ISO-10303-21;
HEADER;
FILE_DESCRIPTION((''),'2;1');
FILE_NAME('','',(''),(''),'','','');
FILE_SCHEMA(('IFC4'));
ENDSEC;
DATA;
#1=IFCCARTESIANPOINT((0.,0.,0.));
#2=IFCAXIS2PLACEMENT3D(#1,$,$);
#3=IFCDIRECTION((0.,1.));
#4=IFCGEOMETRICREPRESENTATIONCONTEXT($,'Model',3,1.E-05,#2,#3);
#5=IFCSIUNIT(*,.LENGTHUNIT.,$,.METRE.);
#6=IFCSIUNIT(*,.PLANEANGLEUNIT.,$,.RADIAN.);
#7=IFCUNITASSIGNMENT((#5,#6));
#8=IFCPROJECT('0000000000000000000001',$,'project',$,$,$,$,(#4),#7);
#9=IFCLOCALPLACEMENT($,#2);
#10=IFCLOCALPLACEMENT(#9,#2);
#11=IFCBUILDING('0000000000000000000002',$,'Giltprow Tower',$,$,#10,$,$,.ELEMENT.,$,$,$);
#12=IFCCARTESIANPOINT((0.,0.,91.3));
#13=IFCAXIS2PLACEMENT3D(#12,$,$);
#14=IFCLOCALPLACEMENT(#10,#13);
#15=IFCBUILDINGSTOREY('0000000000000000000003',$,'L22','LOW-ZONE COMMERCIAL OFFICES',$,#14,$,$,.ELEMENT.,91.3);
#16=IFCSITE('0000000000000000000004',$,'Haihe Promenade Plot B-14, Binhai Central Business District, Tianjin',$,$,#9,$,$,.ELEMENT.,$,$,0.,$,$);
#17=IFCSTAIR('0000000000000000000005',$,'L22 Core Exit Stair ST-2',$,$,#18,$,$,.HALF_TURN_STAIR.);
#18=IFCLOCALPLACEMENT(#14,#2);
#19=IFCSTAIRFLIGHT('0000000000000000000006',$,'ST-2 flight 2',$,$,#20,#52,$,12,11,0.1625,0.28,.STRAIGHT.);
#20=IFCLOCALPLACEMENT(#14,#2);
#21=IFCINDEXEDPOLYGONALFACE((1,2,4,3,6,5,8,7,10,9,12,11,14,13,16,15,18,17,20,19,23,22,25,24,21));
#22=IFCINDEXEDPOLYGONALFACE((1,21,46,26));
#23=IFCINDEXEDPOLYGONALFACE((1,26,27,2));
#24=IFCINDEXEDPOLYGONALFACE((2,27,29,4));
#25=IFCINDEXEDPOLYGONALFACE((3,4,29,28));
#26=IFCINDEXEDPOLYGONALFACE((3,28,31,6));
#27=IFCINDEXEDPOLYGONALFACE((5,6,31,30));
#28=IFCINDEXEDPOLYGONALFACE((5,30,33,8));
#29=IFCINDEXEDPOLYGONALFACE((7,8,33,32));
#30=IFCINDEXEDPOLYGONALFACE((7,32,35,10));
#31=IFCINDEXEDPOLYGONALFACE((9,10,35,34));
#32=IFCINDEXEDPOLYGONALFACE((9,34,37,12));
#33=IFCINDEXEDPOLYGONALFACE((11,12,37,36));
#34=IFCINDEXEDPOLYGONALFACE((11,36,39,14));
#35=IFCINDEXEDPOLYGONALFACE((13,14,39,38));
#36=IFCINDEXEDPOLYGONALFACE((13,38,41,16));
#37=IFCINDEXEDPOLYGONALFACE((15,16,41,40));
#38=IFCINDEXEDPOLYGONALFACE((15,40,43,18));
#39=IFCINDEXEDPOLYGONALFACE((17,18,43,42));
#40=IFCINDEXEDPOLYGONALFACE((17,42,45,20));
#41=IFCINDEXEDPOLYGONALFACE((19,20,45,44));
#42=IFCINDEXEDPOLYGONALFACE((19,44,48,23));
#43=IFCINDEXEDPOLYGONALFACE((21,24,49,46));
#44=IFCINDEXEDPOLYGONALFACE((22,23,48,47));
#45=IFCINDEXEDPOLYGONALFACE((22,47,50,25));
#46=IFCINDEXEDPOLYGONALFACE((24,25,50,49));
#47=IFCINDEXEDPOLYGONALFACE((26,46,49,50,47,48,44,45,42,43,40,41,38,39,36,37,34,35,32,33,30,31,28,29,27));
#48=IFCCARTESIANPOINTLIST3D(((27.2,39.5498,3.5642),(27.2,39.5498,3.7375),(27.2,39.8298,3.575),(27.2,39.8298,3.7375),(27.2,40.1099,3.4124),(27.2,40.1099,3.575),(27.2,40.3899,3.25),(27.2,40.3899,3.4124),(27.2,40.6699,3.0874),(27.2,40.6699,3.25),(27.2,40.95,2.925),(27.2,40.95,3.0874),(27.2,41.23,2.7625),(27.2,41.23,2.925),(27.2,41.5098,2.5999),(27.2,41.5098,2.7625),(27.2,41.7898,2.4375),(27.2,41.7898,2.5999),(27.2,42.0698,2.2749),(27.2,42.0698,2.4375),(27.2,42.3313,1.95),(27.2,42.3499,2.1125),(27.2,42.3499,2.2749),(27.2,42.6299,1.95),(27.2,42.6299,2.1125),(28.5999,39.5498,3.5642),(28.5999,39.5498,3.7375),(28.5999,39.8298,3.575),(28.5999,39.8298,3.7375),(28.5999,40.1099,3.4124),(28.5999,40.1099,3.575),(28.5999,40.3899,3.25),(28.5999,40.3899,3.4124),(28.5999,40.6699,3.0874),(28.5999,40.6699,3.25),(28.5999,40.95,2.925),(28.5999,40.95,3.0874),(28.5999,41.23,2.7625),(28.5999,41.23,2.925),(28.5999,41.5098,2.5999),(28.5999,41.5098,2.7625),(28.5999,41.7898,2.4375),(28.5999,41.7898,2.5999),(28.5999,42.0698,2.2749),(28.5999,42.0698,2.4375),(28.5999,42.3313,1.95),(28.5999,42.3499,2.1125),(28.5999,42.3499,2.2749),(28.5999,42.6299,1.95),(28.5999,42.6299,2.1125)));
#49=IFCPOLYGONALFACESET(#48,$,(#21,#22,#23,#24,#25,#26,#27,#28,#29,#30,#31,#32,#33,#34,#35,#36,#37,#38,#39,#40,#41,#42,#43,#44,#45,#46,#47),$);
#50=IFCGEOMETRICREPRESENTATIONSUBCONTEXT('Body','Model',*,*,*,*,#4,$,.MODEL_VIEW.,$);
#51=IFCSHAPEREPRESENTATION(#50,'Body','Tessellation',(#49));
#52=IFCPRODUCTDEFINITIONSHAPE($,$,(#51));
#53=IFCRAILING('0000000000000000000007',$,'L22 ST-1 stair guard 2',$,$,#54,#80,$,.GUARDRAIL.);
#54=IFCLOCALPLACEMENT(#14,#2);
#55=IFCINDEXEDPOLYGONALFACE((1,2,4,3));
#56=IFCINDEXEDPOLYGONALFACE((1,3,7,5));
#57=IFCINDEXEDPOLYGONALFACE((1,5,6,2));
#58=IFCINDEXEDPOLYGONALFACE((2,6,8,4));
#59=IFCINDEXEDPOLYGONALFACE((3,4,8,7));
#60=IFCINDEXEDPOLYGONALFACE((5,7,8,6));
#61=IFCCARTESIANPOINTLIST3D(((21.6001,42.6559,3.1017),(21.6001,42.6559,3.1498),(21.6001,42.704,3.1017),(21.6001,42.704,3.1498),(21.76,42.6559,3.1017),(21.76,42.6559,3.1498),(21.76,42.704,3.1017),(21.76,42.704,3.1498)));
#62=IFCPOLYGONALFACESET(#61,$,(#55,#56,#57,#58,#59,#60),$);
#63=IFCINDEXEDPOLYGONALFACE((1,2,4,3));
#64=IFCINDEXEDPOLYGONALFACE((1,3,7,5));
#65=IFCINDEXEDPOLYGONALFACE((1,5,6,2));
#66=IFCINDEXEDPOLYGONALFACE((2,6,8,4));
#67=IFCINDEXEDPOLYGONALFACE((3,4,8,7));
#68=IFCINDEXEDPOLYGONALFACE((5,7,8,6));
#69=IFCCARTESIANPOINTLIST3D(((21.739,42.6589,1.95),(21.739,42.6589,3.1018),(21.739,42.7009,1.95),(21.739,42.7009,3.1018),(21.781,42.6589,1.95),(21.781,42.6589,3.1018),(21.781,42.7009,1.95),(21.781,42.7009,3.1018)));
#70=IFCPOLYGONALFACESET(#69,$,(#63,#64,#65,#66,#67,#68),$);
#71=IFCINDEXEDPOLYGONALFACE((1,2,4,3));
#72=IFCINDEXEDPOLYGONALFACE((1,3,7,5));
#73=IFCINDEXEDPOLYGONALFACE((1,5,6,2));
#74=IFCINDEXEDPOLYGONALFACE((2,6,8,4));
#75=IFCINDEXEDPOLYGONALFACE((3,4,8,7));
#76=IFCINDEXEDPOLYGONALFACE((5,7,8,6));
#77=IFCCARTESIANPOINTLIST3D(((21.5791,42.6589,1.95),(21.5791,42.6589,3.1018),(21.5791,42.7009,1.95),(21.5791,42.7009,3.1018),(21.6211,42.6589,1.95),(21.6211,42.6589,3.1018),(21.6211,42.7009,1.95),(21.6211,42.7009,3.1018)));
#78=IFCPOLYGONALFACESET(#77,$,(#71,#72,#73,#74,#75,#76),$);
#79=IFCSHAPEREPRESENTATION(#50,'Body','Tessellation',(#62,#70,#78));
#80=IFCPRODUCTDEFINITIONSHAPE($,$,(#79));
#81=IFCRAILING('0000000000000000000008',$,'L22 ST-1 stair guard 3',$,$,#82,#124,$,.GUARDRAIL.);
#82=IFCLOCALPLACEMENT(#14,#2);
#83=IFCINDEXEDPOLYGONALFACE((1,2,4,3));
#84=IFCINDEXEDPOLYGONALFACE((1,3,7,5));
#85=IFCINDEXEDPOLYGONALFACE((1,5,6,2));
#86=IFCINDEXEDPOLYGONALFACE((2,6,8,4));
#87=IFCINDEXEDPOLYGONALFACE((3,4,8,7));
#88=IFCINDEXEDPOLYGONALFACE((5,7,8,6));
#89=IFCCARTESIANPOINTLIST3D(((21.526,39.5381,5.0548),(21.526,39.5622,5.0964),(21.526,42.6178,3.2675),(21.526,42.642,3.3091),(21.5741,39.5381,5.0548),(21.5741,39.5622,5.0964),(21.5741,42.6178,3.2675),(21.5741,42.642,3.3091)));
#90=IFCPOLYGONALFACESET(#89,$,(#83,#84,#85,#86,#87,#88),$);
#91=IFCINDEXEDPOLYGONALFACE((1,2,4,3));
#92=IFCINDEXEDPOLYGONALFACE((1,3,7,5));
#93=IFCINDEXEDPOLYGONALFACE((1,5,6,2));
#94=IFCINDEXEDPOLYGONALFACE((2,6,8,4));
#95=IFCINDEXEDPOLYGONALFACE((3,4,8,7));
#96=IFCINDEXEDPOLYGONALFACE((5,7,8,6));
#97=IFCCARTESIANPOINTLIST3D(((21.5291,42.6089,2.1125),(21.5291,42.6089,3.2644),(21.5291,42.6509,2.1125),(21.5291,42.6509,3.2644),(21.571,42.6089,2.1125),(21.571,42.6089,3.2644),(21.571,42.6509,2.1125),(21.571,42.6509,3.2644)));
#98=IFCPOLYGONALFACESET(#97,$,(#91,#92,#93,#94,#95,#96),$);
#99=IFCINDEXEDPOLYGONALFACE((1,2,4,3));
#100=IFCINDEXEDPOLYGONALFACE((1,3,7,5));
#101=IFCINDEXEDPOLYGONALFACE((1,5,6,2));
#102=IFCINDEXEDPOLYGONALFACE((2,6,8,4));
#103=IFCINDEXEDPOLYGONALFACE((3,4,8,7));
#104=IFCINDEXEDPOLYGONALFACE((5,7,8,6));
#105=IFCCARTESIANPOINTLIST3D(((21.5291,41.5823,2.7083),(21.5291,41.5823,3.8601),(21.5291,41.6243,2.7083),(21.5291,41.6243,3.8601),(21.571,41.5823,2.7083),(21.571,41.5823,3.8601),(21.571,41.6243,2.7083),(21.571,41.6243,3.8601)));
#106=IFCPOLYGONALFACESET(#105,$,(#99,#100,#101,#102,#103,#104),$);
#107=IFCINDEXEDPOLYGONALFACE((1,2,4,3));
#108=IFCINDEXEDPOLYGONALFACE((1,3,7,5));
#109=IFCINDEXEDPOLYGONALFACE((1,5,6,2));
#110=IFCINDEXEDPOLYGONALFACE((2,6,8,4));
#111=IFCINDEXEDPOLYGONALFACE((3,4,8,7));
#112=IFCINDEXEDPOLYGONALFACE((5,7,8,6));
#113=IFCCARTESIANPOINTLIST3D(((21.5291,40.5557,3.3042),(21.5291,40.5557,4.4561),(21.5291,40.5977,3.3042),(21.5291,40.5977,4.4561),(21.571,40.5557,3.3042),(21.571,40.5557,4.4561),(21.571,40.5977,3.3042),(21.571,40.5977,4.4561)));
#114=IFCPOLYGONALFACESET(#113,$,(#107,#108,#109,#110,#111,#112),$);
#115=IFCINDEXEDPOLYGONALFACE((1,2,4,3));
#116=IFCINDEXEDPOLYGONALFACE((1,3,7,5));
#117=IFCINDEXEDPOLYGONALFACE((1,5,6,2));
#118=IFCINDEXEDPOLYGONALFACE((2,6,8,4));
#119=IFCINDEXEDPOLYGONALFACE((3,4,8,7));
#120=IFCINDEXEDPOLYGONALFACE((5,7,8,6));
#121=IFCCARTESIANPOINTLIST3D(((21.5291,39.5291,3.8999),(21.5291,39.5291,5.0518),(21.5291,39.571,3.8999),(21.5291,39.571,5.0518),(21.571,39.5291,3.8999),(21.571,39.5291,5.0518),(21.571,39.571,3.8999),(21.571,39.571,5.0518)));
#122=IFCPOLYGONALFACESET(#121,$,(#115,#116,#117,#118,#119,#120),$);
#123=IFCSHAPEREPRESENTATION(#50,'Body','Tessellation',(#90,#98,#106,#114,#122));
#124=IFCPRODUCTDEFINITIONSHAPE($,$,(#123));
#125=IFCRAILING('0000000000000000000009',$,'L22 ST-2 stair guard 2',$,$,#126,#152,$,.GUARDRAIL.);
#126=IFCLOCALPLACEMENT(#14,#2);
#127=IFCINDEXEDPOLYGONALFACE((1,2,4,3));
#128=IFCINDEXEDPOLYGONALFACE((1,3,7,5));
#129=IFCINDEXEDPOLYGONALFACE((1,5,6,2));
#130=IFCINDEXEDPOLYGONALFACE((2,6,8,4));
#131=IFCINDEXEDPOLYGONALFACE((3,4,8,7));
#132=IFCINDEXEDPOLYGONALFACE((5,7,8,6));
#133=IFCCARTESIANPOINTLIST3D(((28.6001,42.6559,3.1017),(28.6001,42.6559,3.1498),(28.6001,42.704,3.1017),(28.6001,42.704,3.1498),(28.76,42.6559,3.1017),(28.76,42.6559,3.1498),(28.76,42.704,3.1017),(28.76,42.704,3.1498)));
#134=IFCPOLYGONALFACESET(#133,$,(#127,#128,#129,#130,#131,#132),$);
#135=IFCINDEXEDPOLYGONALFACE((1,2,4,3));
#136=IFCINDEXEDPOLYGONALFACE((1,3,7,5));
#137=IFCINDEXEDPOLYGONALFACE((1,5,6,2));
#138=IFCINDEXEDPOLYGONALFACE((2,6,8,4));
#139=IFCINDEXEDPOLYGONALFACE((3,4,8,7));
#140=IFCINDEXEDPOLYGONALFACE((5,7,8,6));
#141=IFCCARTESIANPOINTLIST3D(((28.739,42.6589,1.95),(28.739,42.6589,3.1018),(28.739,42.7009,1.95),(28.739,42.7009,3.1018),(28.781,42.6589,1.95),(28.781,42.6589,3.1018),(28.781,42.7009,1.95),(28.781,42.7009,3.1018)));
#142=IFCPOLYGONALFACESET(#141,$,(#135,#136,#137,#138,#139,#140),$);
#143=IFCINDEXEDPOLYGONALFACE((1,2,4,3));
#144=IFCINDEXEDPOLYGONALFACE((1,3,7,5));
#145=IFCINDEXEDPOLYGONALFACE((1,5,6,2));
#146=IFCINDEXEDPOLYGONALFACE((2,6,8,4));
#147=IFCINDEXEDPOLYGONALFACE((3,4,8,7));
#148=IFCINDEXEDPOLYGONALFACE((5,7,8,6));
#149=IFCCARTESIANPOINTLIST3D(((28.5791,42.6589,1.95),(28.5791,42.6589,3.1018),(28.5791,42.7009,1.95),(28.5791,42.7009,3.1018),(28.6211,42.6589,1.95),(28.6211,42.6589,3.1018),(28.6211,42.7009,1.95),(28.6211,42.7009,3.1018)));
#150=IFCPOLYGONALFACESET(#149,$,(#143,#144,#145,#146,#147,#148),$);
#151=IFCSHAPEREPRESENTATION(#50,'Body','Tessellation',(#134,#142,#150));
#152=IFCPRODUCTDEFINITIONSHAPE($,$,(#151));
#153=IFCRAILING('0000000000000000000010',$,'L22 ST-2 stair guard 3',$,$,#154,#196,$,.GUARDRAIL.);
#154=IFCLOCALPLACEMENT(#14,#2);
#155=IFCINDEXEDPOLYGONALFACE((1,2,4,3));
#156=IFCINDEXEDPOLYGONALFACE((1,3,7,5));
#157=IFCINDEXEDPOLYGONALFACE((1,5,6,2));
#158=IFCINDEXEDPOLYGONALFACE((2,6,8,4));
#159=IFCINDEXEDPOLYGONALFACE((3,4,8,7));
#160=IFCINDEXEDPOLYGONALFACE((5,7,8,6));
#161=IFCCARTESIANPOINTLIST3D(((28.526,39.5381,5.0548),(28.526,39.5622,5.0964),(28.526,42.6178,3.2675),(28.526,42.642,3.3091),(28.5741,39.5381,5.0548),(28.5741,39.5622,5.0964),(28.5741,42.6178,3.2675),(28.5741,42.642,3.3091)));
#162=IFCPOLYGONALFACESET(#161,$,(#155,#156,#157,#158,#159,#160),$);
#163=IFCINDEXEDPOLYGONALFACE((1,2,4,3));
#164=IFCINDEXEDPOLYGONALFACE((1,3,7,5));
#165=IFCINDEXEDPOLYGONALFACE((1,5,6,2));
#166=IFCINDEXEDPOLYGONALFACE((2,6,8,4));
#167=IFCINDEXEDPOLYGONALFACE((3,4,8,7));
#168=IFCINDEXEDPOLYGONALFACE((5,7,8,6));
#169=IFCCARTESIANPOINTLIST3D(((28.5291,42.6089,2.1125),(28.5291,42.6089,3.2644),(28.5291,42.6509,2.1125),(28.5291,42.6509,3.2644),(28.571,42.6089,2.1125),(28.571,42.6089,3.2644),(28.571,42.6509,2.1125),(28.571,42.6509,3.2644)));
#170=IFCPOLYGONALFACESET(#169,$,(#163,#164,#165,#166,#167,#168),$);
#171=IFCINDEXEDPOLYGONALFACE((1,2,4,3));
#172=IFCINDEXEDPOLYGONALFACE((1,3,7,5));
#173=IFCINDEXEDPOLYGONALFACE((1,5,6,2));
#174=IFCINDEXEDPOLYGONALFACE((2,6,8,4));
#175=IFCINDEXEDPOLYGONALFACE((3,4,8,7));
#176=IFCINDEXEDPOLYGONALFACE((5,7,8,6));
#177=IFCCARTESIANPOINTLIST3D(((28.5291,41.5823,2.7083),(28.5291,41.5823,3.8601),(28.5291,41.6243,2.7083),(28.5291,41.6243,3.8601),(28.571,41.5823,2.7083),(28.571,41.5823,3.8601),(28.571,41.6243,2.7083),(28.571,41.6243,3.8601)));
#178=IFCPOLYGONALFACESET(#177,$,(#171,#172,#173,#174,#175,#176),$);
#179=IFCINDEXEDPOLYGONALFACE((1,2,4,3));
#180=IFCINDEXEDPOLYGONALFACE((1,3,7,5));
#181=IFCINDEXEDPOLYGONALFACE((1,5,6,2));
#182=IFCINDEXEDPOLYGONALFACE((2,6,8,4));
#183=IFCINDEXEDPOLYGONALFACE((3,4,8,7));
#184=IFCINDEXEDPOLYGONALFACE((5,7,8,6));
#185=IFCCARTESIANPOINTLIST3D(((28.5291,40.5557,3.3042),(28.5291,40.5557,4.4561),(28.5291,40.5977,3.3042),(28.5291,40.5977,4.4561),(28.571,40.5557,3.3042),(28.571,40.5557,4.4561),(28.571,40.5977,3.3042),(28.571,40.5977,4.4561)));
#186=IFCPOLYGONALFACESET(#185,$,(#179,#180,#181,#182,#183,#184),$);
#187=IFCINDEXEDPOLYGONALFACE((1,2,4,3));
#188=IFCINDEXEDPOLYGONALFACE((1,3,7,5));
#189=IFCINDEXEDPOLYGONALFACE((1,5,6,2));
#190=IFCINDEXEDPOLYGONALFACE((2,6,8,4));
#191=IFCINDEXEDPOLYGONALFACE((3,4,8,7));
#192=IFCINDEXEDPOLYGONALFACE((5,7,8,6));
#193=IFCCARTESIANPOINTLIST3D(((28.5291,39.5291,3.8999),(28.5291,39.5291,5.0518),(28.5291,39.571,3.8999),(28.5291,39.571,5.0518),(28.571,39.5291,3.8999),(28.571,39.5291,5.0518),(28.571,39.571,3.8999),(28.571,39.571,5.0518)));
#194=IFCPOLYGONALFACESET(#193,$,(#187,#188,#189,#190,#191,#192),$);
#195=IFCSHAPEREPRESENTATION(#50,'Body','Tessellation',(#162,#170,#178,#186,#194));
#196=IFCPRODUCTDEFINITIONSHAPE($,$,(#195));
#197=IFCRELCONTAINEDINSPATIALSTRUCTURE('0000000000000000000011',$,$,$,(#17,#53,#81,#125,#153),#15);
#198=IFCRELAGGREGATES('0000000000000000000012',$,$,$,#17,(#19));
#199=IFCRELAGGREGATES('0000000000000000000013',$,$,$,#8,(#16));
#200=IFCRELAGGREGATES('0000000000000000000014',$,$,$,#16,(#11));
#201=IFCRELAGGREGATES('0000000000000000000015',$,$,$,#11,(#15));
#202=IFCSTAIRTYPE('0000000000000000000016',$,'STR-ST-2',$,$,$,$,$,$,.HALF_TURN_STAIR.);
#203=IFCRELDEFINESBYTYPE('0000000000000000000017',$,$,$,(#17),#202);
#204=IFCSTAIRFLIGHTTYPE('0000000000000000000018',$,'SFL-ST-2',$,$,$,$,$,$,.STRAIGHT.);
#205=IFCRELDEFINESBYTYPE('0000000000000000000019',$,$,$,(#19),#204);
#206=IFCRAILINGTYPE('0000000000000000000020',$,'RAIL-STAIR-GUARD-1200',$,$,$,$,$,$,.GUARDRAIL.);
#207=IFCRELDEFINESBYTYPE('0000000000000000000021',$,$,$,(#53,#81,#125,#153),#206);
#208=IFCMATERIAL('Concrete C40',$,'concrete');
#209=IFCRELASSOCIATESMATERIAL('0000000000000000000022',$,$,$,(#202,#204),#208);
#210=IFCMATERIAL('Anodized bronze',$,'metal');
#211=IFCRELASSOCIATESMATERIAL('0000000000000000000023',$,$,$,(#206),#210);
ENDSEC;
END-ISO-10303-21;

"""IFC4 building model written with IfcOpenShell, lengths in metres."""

from ifc_helpers import new_model, si_unit, direction, frame, origin, origin_2d, place, context, subcontext, project, spatial, polyline, rectangle, outline, extrude, material, type_object, element, aggregate, save


model = new_model("IFC4")

# Units and contexts
model_context = context("Model", 3, precision=1e-05, world=origin(), true_north=direction((0.0, 1.0)))
body_context = subcontext(model_context, "Body", "Model", "MODEL_VIEW")
ifc_project = project(units=[si_unit("LENGTHUNIT", "METRE"), si_unit("PLANEANGLEUNIT", "RADIAN")], contexts=[model_context])

# Site, building, storey
site_placement = place(None, origin())
site = spatial("IfcSite", under=ifc_project, at=site_placement, Name="Haihe Promenade Plot B-14, Binhai Central Business District, Tianjin", CompositionType="ELEMENT", RefElevation=0.0)
building_placement = place(site_placement, origin())
building = spatial("IfcBuilding", under=site, at=building_placement, Name="Giltprow Tower", CompositionType="ELEMENT")
storey_placement = place(building_placement, frame((0.0, 0.0, 91.3)))
storey = spatial("IfcBuildingStorey", under=building, at=storey_placement, Name="L22", Description="LOW-ZONE COMMERCIAL OFFICES", CompositionType="ELEMENT", Elevation=91.3)

# Shared definitions
ifc_material_1 = material(Name="Concrete C40", Category="concrete")

# Stair, stair flight
stair_type_1 = type_object("IfcStairType", Name="STR-ST-2", PredefinedType="HALF_TURN_STAIR", material=ifc_material_1)
stair_1_placement = place(storey_placement, origin())
stair_1 = element("IfcStair", 1, at=stair_1_placement, inside=storey, type_object=stair_type_1, Name="L22 Core Exit Stair ST-2", PredefinedType="HALF_TURN_STAIR")
stair_flight_type_1 = type_object("IfcStairFlightType", Name="SFL-ST-2", PredefinedType="STRAIGHT", material=ifc_material_1)
stair_flight_1_placement = place(storey_placement, frame((27.8999, 42.6299, 1.95), z_axis=(0.0, 0.0, 1.0), x_axis=(0.0, -1.0, 0.0)))
stair_flight_1 = element("IfcStairFlight", 2, at=stair_flight_1_placement, type_object=stair_flight_type_1, Name="ST-2 flight 2", NumberOfRisers=12, NumberOfTreads=11, PredefinedType="STRAIGHT", RiserHeight=0.1625, TreadLength=0.28, context=body_context, shape_type="SweptSolid", body=[
    extrude(outline(polyline([(0.0, 0.0), (0.0, 0.1626), (0.28, 0.1626), (0.28, 0.325), (0.5601, 0.325), (0.5601, 0.4875), (0.8401, 0.4875), (0.8401, 0.6499), (1.1201, 0.6499), (1.1201, 0.8125), (1.3999, 0.8125), (1.3999, 0.9751), (1.6799, 0.9751), (1.6799, 1.1375), (1.96, 1.1375), (1.96, 1.3), (2.24, 1.3), (2.24, 1.4624), (2.52, 1.4624), (2.52, 1.625), (2.8, 1.625), (2.8, 1.7876), (3.0801, 1.7876), (3.0801, 1.95), (3.0801, 1.6143), (0.2986, 0.0), (0.0, 0.0)])), frame((0.0, 0.7, 0.0), z_axis=(0.0, -1.0, 0.0), x_axis=(1.0, 0.0, 0.0)), (0.0, 0.0, 1.0), 1.3999),
])
aggregate(stair_1, [stair_flight_1])

# Railings
ifc_material_2 = material(Name="Anodized bronze", Category="metal")
railing_type_1 = type_object("IfcRailingType", Name="RAIL-STAIR-GUARD-1200", PredefinedType="GUARDRAIL", material=ifc_material_2)
railing_1_placement = place(storey_placement, frame((21.76, 42.6799, 1.95)))
element("IfcRailing", 3, at=railing_1_placement, inside=storey, type_object=railing_type_1, Name="L22 ST-1 stair guard 2", PredefinedType="GUARDRAIL", context=body_context, shape_type="SweptSolid", body=[
    extrude(rectangle(XDim=0.0481, YDim=0.0481, at=origin_2d()), frame((0.0, 0.0, 1.1758), z_axis=(-1.0, 0.0, 0.0), x_axis=(0.0, -1.0, 0.0)), (0.0, 0.0, 1.0), 0.1599),
    extrude(rectangle(XDim=0.042, YDim=0.042, at=origin_2d()), origin(), (0.0, 0.0, 1.0), 1.1519),
    extrude(rectangle(XDim=0.042, YDim=0.042, at=origin_2d()), frame((-0.1599, 0.0, 0.0)), (0.0, 0.0, 1.0), 1.1519),
])
railing_2_placement = place(storey_placement, frame((21.55, 42.6299, 2.1125)))
element("IfcRailing", 4, at=railing_2_placement, inside=storey, type_object=railing_type_1, Name="L22 ST-1 stair guard 3", PredefinedType="GUARDRAIL", context=body_context, shape_type="SweptSolid", body=[
    extrude(rectangle(XDim=0.0481, YDim=0.0481, at=origin_2d()), frame((0.0, 0.0, 1.1758), z_axis=(0.0, -0.864903, 0.501939), x_axis=(1.0, 0.0, 0.0)), (0.0, 0.0, 1.0), 3.5608),
    extrude(rectangle(XDim=0.042, YDim=0.042, at=origin_2d()), origin(), (0.0, 0.0, 1.0), 1.1519),
    extrude(rectangle(XDim=0.042, YDim=0.042, at=origin_2d()), frame((0.0, -1.0266, 0.5957)), (0.0, 0.0, 1.0), 1.1519),
    extrude(rectangle(XDim=0.042, YDim=0.042, at=origin_2d()), frame((0.0, -2.0532, 1.1917)), (0.0, 0.0, 1.0), 1.1519),
    extrude(rectangle(XDim=0.042, YDim=0.042, at=origin_2d()), frame((0.0, -3.0798, 1.7874)), (0.0, 0.0, 1.0), 1.1519),
])
railing_3_placement = place(storey_placement, frame((28.76, 42.6799, 1.95)))
element("IfcRailing", 5, at=railing_3_placement, inside=storey, type_object=railing_type_1, Name="L22 ST-2 stair guard 2", PredefinedType="GUARDRAIL", context=body_context, shape_type="SweptSolid", body=[
    extrude(rectangle(XDim=0.0481, YDim=0.0481, at=origin_2d()), frame((0.0, 0.0, 1.1758), z_axis=(-1.0, 0.0, 0.0), x_axis=(0.0, -1.0, 0.0)), (0.0, 0.0, 1.0), 0.1599),
    extrude(rectangle(XDim=0.042, YDim=0.042, at=origin_2d()), origin(), (0.0, 0.0, 1.0), 1.1519),
    extrude(rectangle(XDim=0.042, YDim=0.042, at=origin_2d()), frame((-0.1599, 0.0, 0.0)), (0.0, 0.0, 1.0), 1.1519),
])
railing_4_placement = place(storey_placement, frame((28.55, 42.6299, 2.1125)))
element("IfcRailing", 6, at=railing_4_placement, inside=storey, type_object=railing_type_1, Name="L22 ST-2 stair guard 3", PredefinedType="GUARDRAIL", context=body_context, shape_type="SweptSolid", body=[
    extrude(rectangle(XDim=0.0481, YDim=0.0481, at=origin_2d()), frame((0.0, 0.0, 1.1758), z_axis=(0.0, -0.864903, 0.501939), x_axis=(1.0, 0.0, 0.0)), (0.0, 0.0, 1.0), 3.5608),
    extrude(rectangle(XDim=0.042, YDim=0.042, at=origin_2d()), origin(), (0.0, 0.0, 1.0), 1.1519),
    extrude(rectangle(XDim=0.042, YDim=0.042, at=origin_2d()), frame((0.0, -1.0266, 0.5957)), (0.0, 0.0, 1.0), 1.1519),
    extrude(rectangle(XDim=0.042, YDim=0.042, at=origin_2d()), frame((0.0, -2.0532, 1.1917)), (0.0, 0.0, 1.0), 1.1519),
    extrude(rectangle(XDim=0.042, YDim=0.042, at=origin_2d()), frame((0.0, -3.0798, 1.7874)), (0.0, 0.0, 1.0), 1.1519),
])

save(model, "model.ifc")
